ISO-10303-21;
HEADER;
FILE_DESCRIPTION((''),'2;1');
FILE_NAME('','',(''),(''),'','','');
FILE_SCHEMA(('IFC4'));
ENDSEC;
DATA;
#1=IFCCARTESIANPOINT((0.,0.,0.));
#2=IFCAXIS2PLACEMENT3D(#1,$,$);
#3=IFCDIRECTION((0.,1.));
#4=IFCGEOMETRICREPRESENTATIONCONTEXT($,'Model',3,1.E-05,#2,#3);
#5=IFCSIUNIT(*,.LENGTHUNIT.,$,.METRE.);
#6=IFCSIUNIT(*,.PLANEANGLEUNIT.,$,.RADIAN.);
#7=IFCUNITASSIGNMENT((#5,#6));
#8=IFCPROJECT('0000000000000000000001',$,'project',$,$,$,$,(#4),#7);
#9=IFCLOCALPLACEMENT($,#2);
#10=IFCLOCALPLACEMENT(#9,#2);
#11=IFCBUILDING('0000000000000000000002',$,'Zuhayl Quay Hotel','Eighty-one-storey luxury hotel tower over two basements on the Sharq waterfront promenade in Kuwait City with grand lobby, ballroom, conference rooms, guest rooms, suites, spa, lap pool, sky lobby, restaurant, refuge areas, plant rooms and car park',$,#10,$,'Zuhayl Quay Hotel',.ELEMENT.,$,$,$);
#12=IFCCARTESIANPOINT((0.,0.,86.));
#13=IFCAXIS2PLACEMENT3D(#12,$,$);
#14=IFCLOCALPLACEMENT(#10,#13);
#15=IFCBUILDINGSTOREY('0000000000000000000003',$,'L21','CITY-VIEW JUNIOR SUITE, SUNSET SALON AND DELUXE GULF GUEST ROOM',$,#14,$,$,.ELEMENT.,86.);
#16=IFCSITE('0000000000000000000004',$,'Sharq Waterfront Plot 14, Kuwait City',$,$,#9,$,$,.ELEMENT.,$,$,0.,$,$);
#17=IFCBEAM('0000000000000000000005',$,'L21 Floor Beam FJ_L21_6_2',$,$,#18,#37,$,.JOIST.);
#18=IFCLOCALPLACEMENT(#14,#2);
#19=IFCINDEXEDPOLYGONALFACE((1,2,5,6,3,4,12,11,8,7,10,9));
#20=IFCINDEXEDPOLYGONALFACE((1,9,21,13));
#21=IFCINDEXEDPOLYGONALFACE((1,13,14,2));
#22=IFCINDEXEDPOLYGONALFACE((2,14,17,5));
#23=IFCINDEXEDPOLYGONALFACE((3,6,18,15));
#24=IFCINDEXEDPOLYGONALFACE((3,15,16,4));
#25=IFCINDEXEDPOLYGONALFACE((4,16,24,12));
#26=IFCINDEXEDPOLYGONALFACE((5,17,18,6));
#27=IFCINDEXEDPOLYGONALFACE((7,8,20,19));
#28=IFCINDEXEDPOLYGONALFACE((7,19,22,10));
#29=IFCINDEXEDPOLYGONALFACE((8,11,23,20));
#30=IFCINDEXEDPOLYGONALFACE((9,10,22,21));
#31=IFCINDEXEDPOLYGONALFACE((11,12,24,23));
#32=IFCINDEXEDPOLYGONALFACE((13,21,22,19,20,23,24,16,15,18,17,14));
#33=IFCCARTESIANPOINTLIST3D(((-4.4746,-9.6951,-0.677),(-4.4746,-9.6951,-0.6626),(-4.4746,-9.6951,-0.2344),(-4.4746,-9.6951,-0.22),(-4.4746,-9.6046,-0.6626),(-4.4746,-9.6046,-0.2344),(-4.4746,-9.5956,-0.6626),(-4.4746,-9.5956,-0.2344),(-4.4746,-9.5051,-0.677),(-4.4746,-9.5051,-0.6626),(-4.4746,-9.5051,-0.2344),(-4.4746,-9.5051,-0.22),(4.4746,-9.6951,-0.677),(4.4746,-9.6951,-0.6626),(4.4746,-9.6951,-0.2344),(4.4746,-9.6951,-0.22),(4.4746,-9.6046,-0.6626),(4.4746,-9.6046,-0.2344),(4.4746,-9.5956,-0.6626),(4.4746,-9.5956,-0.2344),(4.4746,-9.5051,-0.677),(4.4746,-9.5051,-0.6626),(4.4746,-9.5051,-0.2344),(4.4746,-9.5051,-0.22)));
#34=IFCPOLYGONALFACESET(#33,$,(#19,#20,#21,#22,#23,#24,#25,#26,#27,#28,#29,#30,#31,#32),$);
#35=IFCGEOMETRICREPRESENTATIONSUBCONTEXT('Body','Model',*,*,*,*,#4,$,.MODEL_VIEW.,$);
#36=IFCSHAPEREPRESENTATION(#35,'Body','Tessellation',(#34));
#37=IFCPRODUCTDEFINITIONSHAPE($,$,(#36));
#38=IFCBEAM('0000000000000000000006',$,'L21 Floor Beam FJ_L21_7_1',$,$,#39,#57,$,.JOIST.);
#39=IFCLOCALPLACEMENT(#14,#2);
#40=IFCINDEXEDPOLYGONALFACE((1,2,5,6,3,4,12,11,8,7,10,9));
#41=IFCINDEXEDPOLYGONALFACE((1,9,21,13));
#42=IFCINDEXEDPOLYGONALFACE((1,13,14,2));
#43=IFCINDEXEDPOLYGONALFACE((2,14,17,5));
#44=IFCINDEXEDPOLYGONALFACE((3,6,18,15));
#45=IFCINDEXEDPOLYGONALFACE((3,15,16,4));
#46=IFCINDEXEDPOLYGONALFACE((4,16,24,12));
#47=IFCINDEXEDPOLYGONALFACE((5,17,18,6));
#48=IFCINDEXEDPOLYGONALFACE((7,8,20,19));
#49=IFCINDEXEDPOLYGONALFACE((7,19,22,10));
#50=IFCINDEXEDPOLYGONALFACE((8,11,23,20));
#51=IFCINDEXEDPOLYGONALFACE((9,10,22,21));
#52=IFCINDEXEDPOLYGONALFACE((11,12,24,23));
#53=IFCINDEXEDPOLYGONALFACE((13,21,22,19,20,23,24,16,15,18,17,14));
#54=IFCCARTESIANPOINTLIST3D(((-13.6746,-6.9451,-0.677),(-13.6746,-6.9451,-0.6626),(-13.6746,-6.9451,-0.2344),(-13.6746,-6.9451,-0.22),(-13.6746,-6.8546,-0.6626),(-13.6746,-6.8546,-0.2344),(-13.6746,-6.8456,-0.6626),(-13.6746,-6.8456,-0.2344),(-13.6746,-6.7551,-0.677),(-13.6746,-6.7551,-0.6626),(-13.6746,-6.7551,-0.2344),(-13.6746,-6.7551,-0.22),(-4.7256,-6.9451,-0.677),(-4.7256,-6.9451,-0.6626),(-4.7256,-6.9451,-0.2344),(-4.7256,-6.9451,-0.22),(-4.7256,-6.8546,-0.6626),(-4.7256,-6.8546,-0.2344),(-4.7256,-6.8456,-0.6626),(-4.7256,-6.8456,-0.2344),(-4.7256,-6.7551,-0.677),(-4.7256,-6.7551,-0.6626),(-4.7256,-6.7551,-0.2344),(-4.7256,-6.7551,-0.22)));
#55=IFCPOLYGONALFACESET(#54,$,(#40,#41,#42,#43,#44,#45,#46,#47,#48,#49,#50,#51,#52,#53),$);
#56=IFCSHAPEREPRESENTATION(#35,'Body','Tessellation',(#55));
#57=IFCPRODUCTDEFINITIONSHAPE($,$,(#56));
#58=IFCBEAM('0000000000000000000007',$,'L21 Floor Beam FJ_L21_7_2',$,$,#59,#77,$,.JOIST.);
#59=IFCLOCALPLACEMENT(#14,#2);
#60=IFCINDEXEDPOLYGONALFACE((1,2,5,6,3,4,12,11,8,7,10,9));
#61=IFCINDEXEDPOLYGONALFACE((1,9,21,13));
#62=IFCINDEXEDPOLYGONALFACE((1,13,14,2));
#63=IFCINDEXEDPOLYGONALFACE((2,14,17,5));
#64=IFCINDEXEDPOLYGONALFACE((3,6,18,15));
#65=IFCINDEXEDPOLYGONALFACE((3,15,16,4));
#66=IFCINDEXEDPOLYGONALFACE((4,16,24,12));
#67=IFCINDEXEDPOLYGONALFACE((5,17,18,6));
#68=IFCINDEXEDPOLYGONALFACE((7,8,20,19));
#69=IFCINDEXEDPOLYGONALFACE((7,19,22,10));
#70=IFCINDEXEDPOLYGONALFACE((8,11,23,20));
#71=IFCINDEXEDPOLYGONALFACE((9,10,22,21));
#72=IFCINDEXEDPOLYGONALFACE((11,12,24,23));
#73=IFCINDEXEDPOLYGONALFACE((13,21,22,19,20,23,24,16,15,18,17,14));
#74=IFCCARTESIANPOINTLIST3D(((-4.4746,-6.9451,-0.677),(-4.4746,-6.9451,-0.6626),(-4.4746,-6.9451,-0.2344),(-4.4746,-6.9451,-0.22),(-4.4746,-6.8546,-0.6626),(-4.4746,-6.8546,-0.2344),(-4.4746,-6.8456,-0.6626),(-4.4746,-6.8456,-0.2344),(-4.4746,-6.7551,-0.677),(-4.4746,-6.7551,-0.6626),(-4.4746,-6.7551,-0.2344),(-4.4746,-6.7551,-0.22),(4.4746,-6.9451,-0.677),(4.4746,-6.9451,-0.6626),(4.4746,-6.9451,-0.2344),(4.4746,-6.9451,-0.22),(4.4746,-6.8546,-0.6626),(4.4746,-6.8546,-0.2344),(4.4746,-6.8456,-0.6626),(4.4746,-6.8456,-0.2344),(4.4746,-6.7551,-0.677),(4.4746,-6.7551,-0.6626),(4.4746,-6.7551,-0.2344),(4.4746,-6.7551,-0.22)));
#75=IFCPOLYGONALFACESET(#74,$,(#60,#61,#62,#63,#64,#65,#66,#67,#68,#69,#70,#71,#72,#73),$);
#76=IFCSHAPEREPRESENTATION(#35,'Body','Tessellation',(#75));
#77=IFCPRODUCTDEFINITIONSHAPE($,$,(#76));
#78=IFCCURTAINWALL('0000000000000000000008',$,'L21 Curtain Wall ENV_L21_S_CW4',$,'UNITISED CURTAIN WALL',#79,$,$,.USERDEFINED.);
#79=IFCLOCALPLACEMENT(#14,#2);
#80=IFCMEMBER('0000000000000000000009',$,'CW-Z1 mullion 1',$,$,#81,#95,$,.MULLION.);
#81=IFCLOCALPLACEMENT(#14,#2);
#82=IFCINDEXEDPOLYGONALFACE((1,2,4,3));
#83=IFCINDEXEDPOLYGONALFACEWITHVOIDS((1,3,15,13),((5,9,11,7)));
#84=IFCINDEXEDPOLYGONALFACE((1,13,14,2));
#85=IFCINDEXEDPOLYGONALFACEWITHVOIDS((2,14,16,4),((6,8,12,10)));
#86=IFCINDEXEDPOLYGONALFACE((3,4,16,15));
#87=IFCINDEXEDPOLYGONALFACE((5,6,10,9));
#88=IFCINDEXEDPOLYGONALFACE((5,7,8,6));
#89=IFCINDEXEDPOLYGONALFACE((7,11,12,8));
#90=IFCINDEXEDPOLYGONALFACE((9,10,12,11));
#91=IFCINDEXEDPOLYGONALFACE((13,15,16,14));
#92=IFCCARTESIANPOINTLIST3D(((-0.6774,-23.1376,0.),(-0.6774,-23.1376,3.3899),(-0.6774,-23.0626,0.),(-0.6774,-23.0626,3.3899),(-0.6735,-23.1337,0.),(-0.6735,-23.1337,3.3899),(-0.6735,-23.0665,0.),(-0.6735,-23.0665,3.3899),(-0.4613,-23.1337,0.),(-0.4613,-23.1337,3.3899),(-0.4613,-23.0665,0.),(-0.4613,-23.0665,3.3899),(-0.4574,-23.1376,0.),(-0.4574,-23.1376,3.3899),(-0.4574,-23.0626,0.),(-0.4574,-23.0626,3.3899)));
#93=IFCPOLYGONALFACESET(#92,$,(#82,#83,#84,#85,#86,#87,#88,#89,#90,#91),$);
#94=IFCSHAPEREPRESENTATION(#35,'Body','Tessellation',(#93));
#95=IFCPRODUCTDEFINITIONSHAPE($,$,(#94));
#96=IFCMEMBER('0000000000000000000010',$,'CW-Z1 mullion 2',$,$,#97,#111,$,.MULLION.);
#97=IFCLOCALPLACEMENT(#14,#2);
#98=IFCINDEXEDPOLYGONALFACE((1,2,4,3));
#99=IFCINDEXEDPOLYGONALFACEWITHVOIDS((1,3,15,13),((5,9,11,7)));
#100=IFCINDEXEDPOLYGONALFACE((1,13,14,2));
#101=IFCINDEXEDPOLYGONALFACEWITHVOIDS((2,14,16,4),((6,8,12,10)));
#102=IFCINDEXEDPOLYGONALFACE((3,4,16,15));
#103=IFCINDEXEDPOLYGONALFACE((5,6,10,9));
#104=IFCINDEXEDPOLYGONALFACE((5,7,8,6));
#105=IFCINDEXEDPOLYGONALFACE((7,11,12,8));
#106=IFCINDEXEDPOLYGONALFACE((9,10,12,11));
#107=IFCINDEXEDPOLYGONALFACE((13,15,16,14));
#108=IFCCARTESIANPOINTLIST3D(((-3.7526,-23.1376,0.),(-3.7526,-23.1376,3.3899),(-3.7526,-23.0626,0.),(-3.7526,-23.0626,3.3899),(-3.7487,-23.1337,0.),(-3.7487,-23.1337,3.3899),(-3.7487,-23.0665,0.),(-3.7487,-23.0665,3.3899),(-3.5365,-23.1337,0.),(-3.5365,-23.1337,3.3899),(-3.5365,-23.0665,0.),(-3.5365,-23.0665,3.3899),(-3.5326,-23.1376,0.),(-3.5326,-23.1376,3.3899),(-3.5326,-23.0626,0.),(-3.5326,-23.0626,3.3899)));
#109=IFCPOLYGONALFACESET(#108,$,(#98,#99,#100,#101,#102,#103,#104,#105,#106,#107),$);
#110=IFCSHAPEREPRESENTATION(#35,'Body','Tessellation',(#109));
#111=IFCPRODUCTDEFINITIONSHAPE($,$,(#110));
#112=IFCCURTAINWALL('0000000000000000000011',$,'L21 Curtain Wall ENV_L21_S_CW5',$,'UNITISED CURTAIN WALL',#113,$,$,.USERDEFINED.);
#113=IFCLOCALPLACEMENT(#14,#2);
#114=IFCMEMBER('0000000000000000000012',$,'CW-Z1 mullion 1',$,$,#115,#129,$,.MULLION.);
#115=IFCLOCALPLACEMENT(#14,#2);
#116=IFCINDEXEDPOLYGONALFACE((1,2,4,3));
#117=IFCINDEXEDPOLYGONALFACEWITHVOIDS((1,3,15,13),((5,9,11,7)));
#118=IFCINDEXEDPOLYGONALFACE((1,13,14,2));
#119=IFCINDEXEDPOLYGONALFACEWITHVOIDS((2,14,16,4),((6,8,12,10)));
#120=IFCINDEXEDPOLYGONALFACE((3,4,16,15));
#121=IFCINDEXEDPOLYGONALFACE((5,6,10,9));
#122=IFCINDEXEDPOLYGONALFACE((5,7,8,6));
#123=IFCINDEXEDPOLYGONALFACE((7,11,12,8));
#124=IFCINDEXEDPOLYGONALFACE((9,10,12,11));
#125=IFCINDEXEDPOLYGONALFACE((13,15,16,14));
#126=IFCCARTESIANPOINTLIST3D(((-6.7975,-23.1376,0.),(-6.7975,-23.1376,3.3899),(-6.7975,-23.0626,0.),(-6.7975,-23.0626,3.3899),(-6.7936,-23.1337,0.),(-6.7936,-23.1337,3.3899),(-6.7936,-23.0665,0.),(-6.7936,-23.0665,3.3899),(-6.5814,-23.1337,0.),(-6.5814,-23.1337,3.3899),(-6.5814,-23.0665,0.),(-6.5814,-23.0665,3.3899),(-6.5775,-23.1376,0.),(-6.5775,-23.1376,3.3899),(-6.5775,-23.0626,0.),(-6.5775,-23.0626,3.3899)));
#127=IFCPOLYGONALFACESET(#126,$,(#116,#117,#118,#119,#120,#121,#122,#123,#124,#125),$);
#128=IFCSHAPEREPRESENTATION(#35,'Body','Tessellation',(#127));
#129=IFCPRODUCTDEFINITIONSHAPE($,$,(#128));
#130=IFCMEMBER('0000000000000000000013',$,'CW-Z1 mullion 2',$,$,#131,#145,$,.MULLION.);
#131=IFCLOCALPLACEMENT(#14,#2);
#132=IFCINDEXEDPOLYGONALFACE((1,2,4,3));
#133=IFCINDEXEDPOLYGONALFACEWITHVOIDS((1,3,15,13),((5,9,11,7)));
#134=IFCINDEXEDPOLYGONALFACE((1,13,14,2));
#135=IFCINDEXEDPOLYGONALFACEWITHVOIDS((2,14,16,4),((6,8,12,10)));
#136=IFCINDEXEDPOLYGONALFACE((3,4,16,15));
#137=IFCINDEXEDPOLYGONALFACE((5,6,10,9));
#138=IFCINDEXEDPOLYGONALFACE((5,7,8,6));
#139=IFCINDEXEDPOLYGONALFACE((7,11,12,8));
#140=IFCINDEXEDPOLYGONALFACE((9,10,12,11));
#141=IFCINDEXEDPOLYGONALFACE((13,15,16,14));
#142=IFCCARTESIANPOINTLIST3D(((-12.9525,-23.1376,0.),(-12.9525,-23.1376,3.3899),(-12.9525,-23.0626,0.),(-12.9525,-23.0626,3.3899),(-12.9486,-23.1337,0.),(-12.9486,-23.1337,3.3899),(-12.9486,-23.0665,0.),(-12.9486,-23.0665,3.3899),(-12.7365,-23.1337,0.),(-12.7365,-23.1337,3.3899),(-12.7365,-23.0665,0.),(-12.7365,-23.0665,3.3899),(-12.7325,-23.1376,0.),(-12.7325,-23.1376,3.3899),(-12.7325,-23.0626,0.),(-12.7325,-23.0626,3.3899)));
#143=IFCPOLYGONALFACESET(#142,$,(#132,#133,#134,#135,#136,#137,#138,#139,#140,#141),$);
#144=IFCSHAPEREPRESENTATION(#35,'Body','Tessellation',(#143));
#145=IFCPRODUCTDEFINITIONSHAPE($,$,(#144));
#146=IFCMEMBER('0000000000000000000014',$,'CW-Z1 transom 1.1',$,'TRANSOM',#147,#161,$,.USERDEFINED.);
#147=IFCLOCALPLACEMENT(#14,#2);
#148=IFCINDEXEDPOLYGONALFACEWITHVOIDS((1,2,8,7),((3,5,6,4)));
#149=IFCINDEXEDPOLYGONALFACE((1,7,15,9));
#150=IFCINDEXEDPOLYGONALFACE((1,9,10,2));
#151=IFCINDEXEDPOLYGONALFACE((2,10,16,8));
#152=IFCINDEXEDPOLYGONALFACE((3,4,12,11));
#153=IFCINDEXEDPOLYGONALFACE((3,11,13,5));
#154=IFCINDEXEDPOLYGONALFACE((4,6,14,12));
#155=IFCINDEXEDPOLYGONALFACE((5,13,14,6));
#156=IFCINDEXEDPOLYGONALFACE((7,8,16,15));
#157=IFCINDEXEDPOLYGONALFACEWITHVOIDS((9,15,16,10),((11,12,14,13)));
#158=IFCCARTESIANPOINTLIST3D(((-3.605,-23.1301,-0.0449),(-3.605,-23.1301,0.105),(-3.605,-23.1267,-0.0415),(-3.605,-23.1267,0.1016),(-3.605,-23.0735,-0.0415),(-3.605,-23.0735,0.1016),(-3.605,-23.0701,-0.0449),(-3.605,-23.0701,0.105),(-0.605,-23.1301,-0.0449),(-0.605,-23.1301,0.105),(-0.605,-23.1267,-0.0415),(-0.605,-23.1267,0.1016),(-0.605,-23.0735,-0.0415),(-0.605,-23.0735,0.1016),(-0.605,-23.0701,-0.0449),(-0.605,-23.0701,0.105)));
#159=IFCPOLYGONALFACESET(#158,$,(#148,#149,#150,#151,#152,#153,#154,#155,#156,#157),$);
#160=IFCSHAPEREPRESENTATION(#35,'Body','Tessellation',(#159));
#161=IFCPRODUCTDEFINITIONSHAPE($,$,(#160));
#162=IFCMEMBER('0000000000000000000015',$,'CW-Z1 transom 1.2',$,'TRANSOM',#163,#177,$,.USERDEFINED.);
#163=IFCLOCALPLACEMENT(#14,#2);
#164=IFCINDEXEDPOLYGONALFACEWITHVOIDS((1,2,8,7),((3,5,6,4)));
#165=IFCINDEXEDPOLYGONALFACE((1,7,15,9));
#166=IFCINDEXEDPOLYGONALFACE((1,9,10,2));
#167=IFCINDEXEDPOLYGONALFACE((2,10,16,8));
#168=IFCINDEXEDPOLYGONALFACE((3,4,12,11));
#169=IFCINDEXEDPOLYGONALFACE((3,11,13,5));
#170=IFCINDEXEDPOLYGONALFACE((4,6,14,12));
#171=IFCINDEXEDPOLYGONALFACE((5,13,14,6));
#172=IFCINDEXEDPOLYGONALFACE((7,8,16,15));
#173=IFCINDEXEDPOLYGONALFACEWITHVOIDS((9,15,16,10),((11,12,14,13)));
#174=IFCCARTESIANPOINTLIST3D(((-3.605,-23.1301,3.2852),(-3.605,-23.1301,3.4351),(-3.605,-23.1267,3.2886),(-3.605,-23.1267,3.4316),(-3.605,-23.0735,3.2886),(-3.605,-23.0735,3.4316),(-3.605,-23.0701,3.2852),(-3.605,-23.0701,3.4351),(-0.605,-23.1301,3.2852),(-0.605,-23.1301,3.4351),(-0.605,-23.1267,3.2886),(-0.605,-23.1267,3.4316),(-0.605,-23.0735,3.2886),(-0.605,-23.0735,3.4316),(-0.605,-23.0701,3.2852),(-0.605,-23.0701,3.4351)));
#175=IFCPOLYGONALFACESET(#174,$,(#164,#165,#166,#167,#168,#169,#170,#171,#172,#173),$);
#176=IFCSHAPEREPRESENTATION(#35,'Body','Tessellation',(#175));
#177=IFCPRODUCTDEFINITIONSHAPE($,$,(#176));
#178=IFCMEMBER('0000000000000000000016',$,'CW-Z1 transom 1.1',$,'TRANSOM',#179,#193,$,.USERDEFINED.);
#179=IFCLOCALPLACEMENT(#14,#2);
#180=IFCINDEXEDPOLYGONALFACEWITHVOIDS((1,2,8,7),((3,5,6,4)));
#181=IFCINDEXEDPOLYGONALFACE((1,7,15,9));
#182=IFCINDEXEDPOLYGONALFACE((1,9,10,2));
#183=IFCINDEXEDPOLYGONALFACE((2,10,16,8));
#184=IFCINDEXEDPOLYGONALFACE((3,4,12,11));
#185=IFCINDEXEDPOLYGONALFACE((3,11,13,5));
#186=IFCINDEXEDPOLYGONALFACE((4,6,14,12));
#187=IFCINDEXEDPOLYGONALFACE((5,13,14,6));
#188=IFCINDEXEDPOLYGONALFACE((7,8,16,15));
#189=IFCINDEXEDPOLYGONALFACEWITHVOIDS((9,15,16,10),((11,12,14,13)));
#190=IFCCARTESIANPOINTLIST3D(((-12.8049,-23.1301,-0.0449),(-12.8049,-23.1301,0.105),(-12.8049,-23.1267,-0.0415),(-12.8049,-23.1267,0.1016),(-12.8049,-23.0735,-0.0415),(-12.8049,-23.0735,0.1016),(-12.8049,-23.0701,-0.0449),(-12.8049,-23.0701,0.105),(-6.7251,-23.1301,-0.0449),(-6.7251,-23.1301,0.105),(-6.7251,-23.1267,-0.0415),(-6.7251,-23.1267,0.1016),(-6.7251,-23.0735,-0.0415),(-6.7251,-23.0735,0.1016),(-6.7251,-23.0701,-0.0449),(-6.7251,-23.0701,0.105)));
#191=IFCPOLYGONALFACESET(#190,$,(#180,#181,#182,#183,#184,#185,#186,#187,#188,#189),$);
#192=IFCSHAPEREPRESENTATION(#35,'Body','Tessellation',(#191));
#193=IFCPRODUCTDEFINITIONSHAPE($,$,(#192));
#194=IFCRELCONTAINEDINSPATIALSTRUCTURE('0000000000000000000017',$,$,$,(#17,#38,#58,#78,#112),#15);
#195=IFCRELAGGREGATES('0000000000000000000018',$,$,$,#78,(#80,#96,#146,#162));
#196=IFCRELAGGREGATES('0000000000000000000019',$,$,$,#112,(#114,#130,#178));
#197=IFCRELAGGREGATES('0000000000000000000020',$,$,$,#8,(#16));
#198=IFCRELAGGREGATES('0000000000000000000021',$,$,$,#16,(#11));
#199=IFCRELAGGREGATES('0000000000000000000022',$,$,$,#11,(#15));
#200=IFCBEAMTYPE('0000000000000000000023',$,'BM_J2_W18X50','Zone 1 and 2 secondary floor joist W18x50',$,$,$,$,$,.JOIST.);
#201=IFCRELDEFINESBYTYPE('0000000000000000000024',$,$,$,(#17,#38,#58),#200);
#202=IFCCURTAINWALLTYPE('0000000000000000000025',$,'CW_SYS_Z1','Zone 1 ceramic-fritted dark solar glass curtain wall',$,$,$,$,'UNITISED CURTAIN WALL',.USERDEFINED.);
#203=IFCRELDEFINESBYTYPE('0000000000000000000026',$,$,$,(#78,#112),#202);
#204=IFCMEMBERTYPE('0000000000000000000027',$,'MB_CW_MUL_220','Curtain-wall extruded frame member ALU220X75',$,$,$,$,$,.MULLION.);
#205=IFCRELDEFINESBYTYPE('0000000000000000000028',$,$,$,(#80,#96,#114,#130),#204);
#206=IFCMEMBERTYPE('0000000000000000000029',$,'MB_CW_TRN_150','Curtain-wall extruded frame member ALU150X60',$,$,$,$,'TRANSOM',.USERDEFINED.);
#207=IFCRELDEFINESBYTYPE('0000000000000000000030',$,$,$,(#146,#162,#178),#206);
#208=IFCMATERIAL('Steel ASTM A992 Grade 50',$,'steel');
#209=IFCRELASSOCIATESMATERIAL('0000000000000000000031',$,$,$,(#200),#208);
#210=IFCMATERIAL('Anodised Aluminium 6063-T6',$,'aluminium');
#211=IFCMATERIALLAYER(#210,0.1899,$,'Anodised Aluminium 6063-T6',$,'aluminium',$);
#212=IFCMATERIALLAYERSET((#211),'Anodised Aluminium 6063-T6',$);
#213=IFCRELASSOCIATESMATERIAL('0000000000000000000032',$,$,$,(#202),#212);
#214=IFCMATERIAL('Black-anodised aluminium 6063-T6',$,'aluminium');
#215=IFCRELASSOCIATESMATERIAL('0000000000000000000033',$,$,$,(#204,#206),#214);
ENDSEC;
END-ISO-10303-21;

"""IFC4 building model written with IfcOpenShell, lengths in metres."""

from ifc_helpers import new_model, si_unit, direction, frame, origin, origin_2d, place, context, subcontext, project, spatial, hollow_rectangle, i_section, extrude, material, layer, layer_set, material_profile, profile_set, type_object, element, aggregate, save


model = new_model("IFC4")

# Units and contexts
model_context = context("Model", 3, precision=1e-05, world=origin(), true_north=direction((0.0, 1.0)))
body_context = subcontext(model_context, "Body", "Model", "MODEL_VIEW")
ifc_project = project(units=[si_unit("LENGTHUNIT", "METRE"), si_unit("PLANEANGLEUNIT", "RADIAN")], contexts=[model_context])

# Site, building, storey
site_placement = place(None, origin())
site = spatial("IfcSite", under=ifc_project, at=site_placement, Name="Sharq Waterfront Plot 14, Kuwait City", CompositionType="ELEMENT", RefElevation=0.0)
building_placement = place(site_placement, origin())
building = spatial("IfcBuilding", under=site, at=building_placement, Name="Zuhayl Quay Hotel", Description="Eighty-one-storey luxury hotel tower over two basements on the Sharq waterfront promenade in Kuwait City with grand lobby, ballroom, conference rooms, guest rooms, suites, spa, lap pool, sky lobby, restaurant, refuge areas, plant rooms and car park", LongName="Zuhayl Quay Hotel", CompositionType="ELEMENT")
storey_placement = place(building_placement, frame((0.0, 0.0, 86.0)))
storey = spatial("IfcBuildingStorey", under=building, at=storey_placement, Name="L21", Description="CITY-VIEW JUNIOR SUITE, SUNSET SALON AND DELUXE GULF GUEST ROOM", CompositionType="ELEMENT", Elevation=86.0)

# Beams
ifc_material_1 = material(Name="Steel ASTM A992 Grade 50", Category="steel")
ifc_material_profile_1 = material_profile(ifc_material_1, i_section(OverallWidth=0.1899, OverallDepth=0.457, WebThickness=0.009, FlangeThickness=0.0144, at=origin_2d()), Name="W18X50")
ifc_profile_set_1 = profile_set([ifc_material_profile_1], Name="Steel ASTM A992 Grade 50")
beam_type_1 = type_object("IfcBeamType", Name="BM_J2_W18X50", Description="Zone 1 and 2 secondary floor joist W18x50", PredefinedType="JOIST", material=ifc_profile_set_1)
beam_1_placement = place(storey_placement, frame((-4.4746, -9.6001, -0.4485), z_axis=(1.0, 0.0, 0.0), x_axis=(0.0, 1.0, 0.0)))
element("IfcBeam", 1, at=beam_1_placement, inside=storey, type_object=beam_type_1, Name="L21 Floor Beam FJ_L21_6_2", PredefinedType="JOIST", context=body_context, shape_type="SweptSolid", body=[
    extrude(i_section(OverallWidth=0.1899, OverallDepth=0.457, WebThickness=0.009, FlangeThickness=0.0144, at=origin_2d()), origin(), (0.0, 0.0, 1.0), 8.9492),
])
beam_2_placement = place(storey_placement, frame((-13.6746, -6.8501, -0.4485), z_axis=(1.0, 0.0, 0.0), x_axis=(0.0, 1.0, 0.0)))
element("IfcBeam", 2, at=beam_2_placement, inside=storey, type_object=beam_type_1, Name="L21 Floor Beam FJ_L21_7_1", PredefinedType="JOIST", context=body_context, shape_type="SweptSolid", body=[
    extrude(i_section(OverallWidth=0.1899, OverallDepth=0.457, WebThickness=0.009, FlangeThickness=0.0144, at=origin_2d()), origin(), (0.0, 0.0, 1.0), 8.949),
])
beam_3_placement = place(storey_placement, frame((-4.4746, -6.8501, -0.4485), z_axis=(1.0, 0.0, 0.0), x_axis=(0.0, 1.0, 0.0)))
element("IfcBeam", 3, at=beam_3_placement, inside=storey, type_object=beam_type_1, Name="L21 Floor Beam FJ_L21_7_2", PredefinedType="JOIST", context=body_context, shape_type="SweptSolid", body=[
    extrude(i_section(OverallWidth=0.1899, OverallDepth=0.457, WebThickness=0.009, FlangeThickness=0.0144, at=origin_2d()), origin(), (0.0, 0.0, 1.0), 8.9492),
])

# Curtain walls, members
ifc_material_2 = material(Name="Anodised Aluminium 6063-T6", Category="aluminium")
ifc_layer_1 = layer(ifc_material_2, 0.1899, Name="Anodised Aluminium 6063-T6", Category="aluminium")
ifc_layer_set_1 = layer_set([ifc_layer_1], Name="Anodised Aluminium 6063-T6")
curtain_wall_type = type_object("IfcCurtainWallType", Name="CW_SYS_Z1", Description="Zone 1 ceramic-fritted dark solar glass curtain wall", ElementType="UNITISED CURTAIN WALL", PredefinedType="USERDEFINED", material=ifc_layer_set_1)
curtain_wall_1_placement = place(storey_placement, origin())
curtain_wall_1 = element("IfcCurtainWall", 4, at=curtain_wall_1_placement, inside=storey, type_object=curtain_wall_type, Name="L21 Curtain Wall ENV_L21_S_CW4", ObjectType="UNITISED CURTAIN WALL", PredefinedType="USERDEFINED")
ifc_material_3 = material(Name="Black-anodised aluminium 6063-T6", Category="aluminium")
ifc_material_profile_2 = material_profile(ifc_material_3, hollow_rectangle(XDim=0.075, YDim=0.22, WallThickness=0.0039, at=origin_2d()), Name="ALU220X75")
ifc_profile_set_2 = profile_set([ifc_material_profile_2], Name="Black-anodised aluminium 6063-T6")
member_type_1 = type_object("IfcMemberType", Name="MB_CW_MUL_220", Description="Curtain-wall extruded frame member ALU220X75", PredefinedType="MULLION", material=ifc_profile_set_2)
member_1_placement = place(storey_placement, frame((-0.5674, -23.1001, 0.0), z_axis=(0.0, 0.0, 1.0), x_axis=(0.0, -1.0, 0.0)))
member_1 = element("IfcMember", 5, at=member_1_placement, type_object=member_type_1, Name="CW-Z1 mullion 1", PredefinedType="MULLION", context=body_context, shape_type="SweptSolid", body=[
    extrude(hollow_rectangle(XDim=0.075, YDim=0.22, WallThickness=0.0039, at=origin_2d()), origin(), (0.0, 0.0, 1.0), 3.3899),
])
member_2_placement = place(storey_placement, frame((-3.6426, -23.1001, 0.0), z_axis=(0.0, 0.0, 1.0), x_axis=(0.0, -1.0, 0.0)))
member_2 = element("IfcMember", 6, at=member_2_placement, type_object=member_type_1, Name="CW-Z1 mullion 2", PredefinedType="MULLION", context=body_context, shape_type="SweptSolid", body=[
    extrude(hollow_rectangle(XDim=0.075, YDim=0.22, WallThickness=0.0039, at=origin_2d()), origin(), (0.0, 0.0, 1.0), 3.3899),
])
curtain_wall_2_placement = place(storey_placement, origin())
curtain_wall_2 = element("IfcCurtainWall", 7, at=curtain_wall_2_placement, inside=storey, type_object=curtain_wall_type, Name="L21 Curtain Wall ENV_L21_S_CW5", ObjectType="UNITISED CURTAIN WALL", PredefinedType="USERDEFINED")
member_3_placement = place(storey_placement, frame((-6.6875, -23.1001, 0.0), z_axis=(0.0, 0.0, 1.0), x_axis=(0.0, -1.0, 0.0)))
member_3 = element("IfcMember", 8, at=member_3_placement, type_object=member_type_1, Name="CW-Z1 mullion 1", PredefinedType="MULLION", context=body_context, shape_type="SweptSolid", body=[
    extrude(hollow_rectangle(XDim=0.075, YDim=0.22, WallThickness=0.0039, at=origin_2d()), origin(), (0.0, 0.0, 1.0), 3.3899),
])
member_4_placement = place(storey_placement, frame((-12.8425, -23.1001, 0.0), z_axis=(0.0, 0.0, 1.0), x_axis=(0.0, -1.0, 0.0)))
member_4 = element("IfcMember", 9, at=member_4_placement, type_object=member_type_1, Name="CW-Z1 mullion 2", PredefinedType="MULLION", context=body_context, shape_type="SweptSolid", body=[
    extrude(hollow_rectangle(XDim=0.075, YDim=0.22, WallThickness=0.0039, at=origin_2d()), origin(), (0.0, 0.0, 1.0), 3.3899),
])

# Members
ifc_material_profile_3 = material_profile(ifc_material_3, hollow_rectangle(XDim=0.0601, YDim=0.1499, WallThickness=0.0034, at=origin_2d()), Name="ALU150X60")
ifc_profile_set_3 = profile_set([ifc_material_profile_3], Name="Black-anodised aluminium 6063-T6")
member_type_2 = type_object("IfcMemberType", Name="MB_CW_TRN_150", Description="Curtain-wall extruded frame member ALU150X60", ElementType="TRANSOM", PredefinedType="USERDEFINED", material=ifc_profile_set_3)
member_5_placement = place(storey_placement, frame((-0.605, -23.1001, 0.03), z_axis=(-1.0, 0.0, 0.0), x_axis=(0.0, -1.0, 0.0)))
member_5 = element("IfcMember", 10, at=member_5_placement, type_object=member_type_2, Name="CW-Z1 transom 1.1", ObjectType="TRANSOM", PredefinedType="USERDEFINED", context=body_context, shape_type="SweptSolid", body=[
    extrude(hollow_rectangle(XDim=0.0601, YDim=0.1499, WallThickness=0.0034, at=origin_2d()), origin(), (0.0, 0.0, 1.0), 3.0),
])
member_6_placement = place(storey_placement, frame((-0.605, -23.1001, 3.3601), z_axis=(-1.0, 0.0, 0.0), x_axis=(0.0, -1.0, 0.0)))
member_6 = element("IfcMember", 11, at=member_6_placement, type_object=member_type_2, Name="CW-Z1 transom 1.2", ObjectType="TRANSOM", PredefinedType="USERDEFINED", context=body_context, shape_type="SweptSolid", body=[
    extrude(hollow_rectangle(XDim=0.0601, YDim=0.1499, WallThickness=0.0034, at=origin_2d()), origin(), (0.0, 0.0, 1.0), 3.0),
])
member_7_placement = place(storey_placement, frame((-6.7251, -23.1001, 0.03), z_axis=(-1.0, 0.0, 0.0), x_axis=(0.0, -1.0, 0.0)))
member_7 = element("IfcMember", 12, at=member_7_placement, type_object=member_type_2, Name="CW-Z1 transom 1.1", ObjectType="TRANSOM", PredefinedType="USERDEFINED", context=body_context, shape_type="SweptSolid", body=[
    extrude(hollow_rectangle(XDim=0.0601, YDim=0.1499, WallThickness=0.0034, at=origin_2d()), origin(), (0.0, 0.0, 1.0), 6.0798),
])

aggregate(curtain_wall_1, [member_1, member_2, member_5, member_6])
aggregate(curtain_wall_2, [member_3, member_4, member_7])

save(model, "model.ifc")
